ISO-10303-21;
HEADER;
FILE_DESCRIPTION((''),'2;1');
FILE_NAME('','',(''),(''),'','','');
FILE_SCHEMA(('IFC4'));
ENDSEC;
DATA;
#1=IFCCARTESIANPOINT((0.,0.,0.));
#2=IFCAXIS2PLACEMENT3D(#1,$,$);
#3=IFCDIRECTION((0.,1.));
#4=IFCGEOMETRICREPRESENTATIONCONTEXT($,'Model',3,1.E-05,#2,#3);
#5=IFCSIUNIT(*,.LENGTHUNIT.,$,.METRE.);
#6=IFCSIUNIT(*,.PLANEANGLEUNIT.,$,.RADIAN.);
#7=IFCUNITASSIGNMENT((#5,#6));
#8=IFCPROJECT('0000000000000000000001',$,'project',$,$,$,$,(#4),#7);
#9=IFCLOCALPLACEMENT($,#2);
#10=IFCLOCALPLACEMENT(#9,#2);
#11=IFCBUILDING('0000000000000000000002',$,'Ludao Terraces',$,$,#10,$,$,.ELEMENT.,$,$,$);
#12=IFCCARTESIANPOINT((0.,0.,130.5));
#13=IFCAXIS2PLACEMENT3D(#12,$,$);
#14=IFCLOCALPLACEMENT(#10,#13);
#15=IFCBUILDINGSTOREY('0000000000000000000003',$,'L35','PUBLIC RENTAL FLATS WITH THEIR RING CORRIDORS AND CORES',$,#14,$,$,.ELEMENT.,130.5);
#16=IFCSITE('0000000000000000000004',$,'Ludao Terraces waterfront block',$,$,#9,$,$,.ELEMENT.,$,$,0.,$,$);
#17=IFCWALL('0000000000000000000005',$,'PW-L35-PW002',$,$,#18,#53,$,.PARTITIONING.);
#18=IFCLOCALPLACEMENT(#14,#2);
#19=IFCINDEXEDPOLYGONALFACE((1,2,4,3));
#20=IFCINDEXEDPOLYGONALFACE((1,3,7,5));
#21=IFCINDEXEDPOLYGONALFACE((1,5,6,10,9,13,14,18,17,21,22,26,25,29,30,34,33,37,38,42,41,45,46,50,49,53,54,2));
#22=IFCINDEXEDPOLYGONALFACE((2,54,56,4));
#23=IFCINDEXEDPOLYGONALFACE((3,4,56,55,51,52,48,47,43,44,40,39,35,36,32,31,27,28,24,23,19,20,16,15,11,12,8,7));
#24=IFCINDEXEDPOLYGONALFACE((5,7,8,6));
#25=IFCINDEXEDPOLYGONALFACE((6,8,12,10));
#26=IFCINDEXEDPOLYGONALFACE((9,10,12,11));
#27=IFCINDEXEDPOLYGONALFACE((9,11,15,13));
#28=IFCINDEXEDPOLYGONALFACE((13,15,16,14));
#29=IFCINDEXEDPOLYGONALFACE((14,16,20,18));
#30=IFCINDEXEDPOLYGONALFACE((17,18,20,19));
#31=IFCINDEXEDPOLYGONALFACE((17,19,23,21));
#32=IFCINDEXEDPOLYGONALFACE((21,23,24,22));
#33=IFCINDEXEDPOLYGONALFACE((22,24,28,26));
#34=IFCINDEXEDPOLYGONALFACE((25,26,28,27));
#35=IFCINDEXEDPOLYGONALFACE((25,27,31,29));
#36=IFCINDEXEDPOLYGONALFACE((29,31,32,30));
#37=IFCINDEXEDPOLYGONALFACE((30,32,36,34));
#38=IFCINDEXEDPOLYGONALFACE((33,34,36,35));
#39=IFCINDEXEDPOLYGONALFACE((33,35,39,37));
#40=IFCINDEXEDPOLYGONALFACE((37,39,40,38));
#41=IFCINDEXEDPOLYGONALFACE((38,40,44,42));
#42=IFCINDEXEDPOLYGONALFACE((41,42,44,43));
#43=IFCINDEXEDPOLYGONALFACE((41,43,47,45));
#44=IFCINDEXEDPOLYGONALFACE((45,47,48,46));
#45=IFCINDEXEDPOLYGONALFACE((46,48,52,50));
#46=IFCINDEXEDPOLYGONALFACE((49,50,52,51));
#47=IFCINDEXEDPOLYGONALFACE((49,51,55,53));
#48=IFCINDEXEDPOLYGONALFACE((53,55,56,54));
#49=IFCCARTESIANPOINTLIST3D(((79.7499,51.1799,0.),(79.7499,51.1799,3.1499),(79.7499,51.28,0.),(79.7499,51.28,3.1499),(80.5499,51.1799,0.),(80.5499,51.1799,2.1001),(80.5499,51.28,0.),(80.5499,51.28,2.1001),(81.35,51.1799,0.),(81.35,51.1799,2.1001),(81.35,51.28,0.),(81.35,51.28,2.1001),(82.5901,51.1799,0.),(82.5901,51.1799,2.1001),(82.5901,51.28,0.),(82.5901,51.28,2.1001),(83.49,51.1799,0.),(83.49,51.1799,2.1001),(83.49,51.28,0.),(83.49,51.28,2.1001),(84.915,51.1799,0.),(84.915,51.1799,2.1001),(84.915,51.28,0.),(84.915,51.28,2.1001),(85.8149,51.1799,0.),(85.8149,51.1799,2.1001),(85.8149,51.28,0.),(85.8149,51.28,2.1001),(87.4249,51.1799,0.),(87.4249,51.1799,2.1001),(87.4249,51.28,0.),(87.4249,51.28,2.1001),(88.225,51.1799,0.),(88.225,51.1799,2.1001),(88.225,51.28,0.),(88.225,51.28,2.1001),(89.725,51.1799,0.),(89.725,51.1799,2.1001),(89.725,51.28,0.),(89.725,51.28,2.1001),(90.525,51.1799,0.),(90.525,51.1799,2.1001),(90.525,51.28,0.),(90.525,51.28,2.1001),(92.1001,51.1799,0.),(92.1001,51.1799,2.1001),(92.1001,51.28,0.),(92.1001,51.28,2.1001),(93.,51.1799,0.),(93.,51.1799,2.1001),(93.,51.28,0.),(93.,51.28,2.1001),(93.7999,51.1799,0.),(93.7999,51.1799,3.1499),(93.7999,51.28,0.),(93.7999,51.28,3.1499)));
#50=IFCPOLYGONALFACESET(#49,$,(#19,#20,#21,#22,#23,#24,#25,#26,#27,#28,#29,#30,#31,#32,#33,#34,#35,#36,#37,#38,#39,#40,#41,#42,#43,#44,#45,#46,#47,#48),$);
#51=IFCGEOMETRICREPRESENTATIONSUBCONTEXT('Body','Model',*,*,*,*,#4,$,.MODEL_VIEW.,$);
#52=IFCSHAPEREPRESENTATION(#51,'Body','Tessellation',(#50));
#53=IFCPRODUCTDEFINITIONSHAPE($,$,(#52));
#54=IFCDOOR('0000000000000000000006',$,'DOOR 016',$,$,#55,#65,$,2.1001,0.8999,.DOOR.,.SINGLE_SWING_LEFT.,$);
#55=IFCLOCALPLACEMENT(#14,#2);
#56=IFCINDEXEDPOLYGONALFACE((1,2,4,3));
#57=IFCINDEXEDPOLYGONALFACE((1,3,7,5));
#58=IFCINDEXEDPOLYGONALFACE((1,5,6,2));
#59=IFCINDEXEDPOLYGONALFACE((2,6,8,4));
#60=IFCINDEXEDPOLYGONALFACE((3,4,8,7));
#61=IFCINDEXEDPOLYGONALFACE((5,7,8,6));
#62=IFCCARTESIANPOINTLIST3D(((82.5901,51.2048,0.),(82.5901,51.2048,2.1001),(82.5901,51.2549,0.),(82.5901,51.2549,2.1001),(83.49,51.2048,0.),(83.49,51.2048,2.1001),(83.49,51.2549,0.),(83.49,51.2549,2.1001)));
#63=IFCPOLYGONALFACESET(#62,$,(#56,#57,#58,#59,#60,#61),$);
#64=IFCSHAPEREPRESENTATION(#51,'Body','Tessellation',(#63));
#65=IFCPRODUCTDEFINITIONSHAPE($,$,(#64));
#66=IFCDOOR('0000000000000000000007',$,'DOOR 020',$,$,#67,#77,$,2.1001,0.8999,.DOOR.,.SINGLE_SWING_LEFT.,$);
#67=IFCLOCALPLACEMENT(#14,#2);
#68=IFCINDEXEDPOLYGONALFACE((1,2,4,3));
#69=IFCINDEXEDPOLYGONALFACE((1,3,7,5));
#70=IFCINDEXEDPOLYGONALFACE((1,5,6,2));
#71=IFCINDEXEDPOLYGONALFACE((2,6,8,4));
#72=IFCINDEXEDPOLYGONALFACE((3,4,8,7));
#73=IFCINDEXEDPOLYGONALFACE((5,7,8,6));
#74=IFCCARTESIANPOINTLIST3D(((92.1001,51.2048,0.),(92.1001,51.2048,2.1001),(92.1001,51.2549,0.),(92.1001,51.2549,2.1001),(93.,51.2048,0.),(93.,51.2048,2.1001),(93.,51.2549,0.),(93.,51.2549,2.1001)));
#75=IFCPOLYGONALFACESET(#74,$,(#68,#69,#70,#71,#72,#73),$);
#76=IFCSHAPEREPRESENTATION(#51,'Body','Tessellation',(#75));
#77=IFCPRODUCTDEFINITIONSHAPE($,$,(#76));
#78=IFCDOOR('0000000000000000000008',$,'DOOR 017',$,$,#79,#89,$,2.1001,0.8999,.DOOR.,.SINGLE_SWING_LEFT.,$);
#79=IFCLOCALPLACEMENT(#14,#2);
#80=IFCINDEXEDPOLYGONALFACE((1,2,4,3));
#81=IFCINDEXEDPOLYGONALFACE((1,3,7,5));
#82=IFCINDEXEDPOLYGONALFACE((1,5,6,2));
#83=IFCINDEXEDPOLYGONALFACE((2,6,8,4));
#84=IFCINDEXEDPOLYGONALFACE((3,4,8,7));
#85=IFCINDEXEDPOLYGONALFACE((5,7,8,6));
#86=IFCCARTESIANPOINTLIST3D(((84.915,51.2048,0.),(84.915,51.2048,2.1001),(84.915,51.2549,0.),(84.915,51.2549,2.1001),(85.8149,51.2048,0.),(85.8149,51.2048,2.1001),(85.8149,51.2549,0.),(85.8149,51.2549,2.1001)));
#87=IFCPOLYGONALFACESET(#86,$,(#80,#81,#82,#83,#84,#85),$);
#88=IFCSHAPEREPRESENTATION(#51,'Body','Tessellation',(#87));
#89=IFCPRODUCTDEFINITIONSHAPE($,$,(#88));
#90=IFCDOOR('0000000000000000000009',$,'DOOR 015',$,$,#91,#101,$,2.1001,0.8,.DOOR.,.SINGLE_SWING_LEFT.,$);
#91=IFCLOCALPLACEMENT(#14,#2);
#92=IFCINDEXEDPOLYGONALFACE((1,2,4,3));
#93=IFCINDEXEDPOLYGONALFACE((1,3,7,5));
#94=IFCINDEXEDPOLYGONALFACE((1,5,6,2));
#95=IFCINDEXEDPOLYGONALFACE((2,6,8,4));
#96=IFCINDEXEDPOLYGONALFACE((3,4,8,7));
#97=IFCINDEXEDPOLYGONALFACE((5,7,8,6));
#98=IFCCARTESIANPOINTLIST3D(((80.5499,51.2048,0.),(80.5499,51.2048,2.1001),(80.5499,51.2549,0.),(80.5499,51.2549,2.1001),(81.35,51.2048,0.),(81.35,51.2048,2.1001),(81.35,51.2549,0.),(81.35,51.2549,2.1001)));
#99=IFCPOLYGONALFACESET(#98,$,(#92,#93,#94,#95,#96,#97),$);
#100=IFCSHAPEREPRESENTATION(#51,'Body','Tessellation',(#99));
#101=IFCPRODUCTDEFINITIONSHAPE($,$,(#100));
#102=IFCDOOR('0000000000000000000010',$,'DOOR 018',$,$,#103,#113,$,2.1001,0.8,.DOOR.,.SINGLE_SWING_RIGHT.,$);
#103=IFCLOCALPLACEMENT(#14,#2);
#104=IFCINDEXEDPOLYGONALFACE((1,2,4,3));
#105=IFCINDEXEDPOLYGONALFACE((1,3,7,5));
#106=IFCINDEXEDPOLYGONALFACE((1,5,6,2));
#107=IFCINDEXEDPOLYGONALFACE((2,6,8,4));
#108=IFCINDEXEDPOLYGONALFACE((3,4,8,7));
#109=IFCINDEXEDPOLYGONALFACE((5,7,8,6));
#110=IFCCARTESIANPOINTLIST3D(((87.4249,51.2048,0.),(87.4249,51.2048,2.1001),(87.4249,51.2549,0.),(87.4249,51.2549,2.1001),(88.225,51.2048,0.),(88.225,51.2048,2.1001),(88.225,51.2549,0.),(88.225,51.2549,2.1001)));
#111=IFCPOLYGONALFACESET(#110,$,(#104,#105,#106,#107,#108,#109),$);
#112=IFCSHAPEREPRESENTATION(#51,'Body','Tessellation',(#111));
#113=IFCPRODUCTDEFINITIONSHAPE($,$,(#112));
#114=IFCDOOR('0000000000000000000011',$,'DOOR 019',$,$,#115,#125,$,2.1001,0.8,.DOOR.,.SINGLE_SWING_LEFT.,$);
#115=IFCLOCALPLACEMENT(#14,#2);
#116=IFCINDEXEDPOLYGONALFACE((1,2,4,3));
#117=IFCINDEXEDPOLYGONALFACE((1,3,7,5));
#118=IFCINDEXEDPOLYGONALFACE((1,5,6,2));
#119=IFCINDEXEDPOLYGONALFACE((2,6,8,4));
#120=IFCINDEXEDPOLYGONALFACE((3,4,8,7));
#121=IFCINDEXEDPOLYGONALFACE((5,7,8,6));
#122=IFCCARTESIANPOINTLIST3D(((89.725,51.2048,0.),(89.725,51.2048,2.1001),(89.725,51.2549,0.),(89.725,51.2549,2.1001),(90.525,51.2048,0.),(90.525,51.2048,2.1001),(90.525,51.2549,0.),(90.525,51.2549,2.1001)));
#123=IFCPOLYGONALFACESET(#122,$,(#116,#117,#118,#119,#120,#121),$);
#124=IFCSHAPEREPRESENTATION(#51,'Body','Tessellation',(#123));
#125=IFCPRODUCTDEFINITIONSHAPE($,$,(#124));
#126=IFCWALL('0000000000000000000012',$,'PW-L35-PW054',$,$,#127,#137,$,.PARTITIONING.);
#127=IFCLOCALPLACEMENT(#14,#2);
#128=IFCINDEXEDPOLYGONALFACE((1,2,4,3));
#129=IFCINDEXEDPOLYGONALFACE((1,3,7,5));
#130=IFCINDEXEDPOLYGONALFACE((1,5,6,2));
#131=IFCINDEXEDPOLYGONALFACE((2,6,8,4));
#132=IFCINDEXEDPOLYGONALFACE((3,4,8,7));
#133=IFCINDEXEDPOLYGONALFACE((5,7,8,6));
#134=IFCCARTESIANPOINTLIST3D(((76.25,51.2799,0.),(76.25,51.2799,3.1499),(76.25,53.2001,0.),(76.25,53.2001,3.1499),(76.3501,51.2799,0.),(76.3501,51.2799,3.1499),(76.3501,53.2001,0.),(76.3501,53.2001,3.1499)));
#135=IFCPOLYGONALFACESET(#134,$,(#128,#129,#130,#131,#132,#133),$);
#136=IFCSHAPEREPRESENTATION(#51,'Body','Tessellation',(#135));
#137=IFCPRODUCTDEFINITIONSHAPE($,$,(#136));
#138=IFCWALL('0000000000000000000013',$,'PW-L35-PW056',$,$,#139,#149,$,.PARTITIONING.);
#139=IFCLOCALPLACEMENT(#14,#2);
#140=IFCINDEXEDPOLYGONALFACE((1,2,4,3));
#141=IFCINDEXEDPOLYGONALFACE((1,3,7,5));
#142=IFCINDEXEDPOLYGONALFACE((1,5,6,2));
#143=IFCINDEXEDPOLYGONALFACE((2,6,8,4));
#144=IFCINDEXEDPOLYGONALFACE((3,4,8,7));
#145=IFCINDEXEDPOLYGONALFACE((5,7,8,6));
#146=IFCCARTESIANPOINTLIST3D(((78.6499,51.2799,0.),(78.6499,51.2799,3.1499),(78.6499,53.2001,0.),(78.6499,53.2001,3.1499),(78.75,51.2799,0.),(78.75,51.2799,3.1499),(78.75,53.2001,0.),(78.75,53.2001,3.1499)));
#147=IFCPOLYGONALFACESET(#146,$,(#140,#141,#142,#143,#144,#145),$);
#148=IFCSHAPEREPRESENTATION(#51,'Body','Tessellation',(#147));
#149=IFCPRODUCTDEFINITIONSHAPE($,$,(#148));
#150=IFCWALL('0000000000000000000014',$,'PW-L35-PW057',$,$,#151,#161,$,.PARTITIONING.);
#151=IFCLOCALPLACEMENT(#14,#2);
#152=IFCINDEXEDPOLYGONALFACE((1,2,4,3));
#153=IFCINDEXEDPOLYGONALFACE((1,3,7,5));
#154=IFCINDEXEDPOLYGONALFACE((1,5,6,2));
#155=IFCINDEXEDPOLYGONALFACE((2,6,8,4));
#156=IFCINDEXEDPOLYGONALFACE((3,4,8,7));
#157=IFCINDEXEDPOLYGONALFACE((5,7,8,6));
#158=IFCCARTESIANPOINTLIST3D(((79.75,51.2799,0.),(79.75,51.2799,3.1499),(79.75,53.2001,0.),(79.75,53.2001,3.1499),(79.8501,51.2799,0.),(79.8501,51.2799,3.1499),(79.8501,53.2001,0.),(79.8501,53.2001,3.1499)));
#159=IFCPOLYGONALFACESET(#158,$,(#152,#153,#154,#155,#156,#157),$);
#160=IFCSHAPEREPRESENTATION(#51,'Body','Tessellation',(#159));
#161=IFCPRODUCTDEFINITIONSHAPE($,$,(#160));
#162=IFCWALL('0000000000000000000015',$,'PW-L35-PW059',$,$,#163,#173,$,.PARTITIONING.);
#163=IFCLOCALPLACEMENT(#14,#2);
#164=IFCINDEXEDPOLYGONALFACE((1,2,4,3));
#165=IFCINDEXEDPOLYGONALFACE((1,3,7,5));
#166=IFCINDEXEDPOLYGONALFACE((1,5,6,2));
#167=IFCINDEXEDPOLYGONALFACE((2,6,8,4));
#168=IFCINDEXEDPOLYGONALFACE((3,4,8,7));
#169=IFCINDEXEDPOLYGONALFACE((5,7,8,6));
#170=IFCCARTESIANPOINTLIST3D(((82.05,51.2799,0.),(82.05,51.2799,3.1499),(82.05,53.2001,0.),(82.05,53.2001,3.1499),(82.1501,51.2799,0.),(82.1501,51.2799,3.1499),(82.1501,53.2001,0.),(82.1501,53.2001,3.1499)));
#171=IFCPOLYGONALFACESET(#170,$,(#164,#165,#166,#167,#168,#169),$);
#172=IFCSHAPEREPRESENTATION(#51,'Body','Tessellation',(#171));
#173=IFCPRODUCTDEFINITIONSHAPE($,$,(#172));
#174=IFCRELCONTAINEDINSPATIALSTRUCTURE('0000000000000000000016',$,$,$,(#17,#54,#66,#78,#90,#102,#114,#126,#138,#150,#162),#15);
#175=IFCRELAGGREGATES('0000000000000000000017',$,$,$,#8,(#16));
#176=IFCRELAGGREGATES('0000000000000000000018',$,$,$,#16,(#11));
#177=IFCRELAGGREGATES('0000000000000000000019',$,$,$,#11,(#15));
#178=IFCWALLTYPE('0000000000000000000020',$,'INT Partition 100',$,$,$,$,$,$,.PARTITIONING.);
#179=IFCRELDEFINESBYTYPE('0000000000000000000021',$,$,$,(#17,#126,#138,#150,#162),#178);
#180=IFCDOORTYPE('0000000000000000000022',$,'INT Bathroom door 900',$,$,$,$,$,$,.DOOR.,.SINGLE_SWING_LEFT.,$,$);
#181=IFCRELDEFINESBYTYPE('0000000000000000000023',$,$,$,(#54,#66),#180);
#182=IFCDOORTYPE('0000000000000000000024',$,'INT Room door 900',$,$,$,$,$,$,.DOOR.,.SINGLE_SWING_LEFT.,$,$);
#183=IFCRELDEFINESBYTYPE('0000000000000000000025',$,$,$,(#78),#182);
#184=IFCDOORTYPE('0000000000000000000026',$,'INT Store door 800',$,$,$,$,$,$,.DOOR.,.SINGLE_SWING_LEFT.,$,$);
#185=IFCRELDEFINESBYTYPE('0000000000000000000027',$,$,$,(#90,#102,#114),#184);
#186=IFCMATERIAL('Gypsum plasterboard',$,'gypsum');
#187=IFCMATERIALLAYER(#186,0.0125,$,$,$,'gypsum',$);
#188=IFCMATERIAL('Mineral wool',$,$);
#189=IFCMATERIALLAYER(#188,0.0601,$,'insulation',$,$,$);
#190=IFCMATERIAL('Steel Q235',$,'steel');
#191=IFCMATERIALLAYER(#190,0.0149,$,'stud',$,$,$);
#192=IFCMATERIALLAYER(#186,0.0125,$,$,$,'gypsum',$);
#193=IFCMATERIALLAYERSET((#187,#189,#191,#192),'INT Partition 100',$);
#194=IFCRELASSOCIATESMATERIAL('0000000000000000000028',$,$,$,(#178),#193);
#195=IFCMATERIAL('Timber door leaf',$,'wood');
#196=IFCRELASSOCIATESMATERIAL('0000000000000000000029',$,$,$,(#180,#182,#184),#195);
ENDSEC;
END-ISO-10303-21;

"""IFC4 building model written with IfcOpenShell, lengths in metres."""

from ifc_helpers import new_model, si_unit, direction, frame, frame_2d, origin, place, context, subcontext, project, spatial, rectangle, extrude, material, layer, layer_set, type_object, element, fill, save


model = new_model("IFC4")

# Units and contexts
model_context = context("Model", 3, precision=1e-05, world=origin(), true_north=direction((0.0, 1.0)))
body_context = subcontext(model_context, "Body", "Model", "MODEL_VIEW")
ifc_project = project(units=[si_unit("LENGTHUNIT", "METRE"), si_unit("PLANEANGLEUNIT", "RADIAN")], contexts=[model_context])

# Site, building, storey
site_placement = place(None, origin())
site = spatial("IfcSite", under=ifc_project, at=site_placement, Name="Ludao Terraces waterfront block", CompositionType="ELEMENT", RefElevation=0.0)
building_placement = place(site_placement, origin())
building = spatial("IfcBuilding", under=site, at=building_placement, Name="Ludao Terraces", CompositionType="ELEMENT")
storey_placement = place(building_placement, frame((0.0, 0.0, 130.5)))
storey = spatial("IfcBuildingStorey", under=building, at=storey_placement, Name="L35", Description="PUBLIC RENTAL FLATS WITH THEIR RING CORRIDORS AND CORES", CompositionType="ELEMENT", Elevation=130.5)

# Shared definitions
ifc_material_1 = material(Name="Steel Q235", Category="steel")

# Wall, openings, doors
ifc_material_2 = material(Name="Gypsum plasterboard", Category="gypsum")
ifc_layer_1 = layer(ifc_material_2, 0.0125, Category="gypsum")
ifc_material_3 = material(Name="Mineral wool")
ifc_layer_2 = layer(ifc_material_3, 0.0601, Name="insulation")
ifc_layer_3 = layer(ifc_material_1, 0.0149, Name="stud")
ifc_layer_4 = layer(ifc_material_2, 0.0125, Category="gypsum")
ifc_layer_set_1 = layer_set([ifc_layer_1, ifc_layer_2, ifc_layer_3, ifc_layer_4], Name="INT Partition 100")
wall_type_1 = type_object("IfcWallType", Name="INT Partition 100", PredefinedType="PARTITIONING", material=ifc_layer_set_1)
wall_1_placement = place(storey_placement, frame((79.75, 51.23, 0.0), z_axis=(0.0, 0.0, 1.0), x_axis=(1.0, 0.0, 0.0)))
wall_1 = element("IfcWall", 1, at=wall_1_placement, inside=storey, type_object=wall_type_1, Name="PW-L35-PW002", PredefinedType="PARTITIONING", context=body_context, shape_type="SweptSolid", body=[
    extrude(rectangle(XDim=14.05, YDim=0.1001, at=frame_2d((7.0249, 0.0))), origin(), (0.0, 0.0, 1.0), 3.1499),
])
opening_1_placement = place(wall_1_placement, frame((0.8, 0.0, 0.0)))
opening_1 = element("IfcOpeningElement", 2, at=opening_1_placement, cuts=wall_1, PredefinedType="OPENING", context=body_context, shape_type="SweptSolid", body=[
    extrude(rectangle(XDim=0.8, YDim=2.1001, at=frame_2d((0.3999, 1.05))), frame((0.0, 0.0601, 0.0), z_axis=(0.0, -1.0, 0.0), x_axis=(1.0, 0.0, 0.0)), (0.0, 0.0, 1.0), 0.1201),
])
opening_2_placement = place(wall_1_placement, frame((2.8401, 0.0, 0.0)))
opening_2 = element("IfcOpeningElement", 3, at=opening_2_placement, cuts=wall_1, PredefinedType="OPENING", context=body_context, shape_type="SweptSolid", body=[
    extrude(rectangle(XDim=0.8999, YDim=2.1001, at=frame_2d((0.45, 1.05))), frame((0.0, 0.0601, 0.0), z_axis=(0.0, -1.0, 0.0), x_axis=(1.0, 0.0, 0.0)), (0.0, 0.0, 1.0), 0.1201),
])
opening_3_placement = place(wall_1_placement, frame((5.165, 0.0, 0.0)))
opening_3 = element("IfcOpeningElement", 4, at=opening_3_placement, cuts=wall_1, PredefinedType="OPENING", context=body_context, shape_type="SweptSolid", body=[
    extrude(rectangle(XDim=0.8999, YDim=2.1001, at=frame_2d((0.45, 1.05))), frame((0.0, 0.0601, 0.0), z_axis=(0.0, -1.0, 0.0), x_axis=(1.0, 0.0, 0.0)), (0.0, 0.0, 1.0), 0.1201),
])
opening_4_placement = place(wall_1_placement, frame((7.675, 0.0, 0.0)))
opening_4 = element("IfcOpeningElement", 5, at=opening_4_placement, cuts=wall_1, PredefinedType="OPENING", context=body_context, shape_type="SweptSolid", body=[
    extrude(rectangle(XDim=0.8, YDim=2.1001, at=frame_2d((0.3999, 1.05))), frame((0.0, 0.0601, 0.0), z_axis=(0.0, -1.0, 0.0), x_axis=(1.0, 0.0, 0.0)), (0.0, 0.0, 1.0), 0.1201),
])
opening_5_placement = place(wall_1_placement, frame((9.9751, 0.0, 0.0)))
opening_5 = element("IfcOpeningElement", 6, at=opening_5_placement, cuts=wall_1, PredefinedType="OPENING", context=body_context, shape_type="SweptSolid", body=[
    extrude(rectangle(XDim=0.8, YDim=2.1001, at=frame_2d((0.3999, 1.05))), frame((0.0, 0.0601, 0.0), z_axis=(0.0, -1.0, 0.0), x_axis=(1.0, 0.0, 0.0)), (0.0, 0.0, 1.0), 0.1201),
])
opening_6_placement = place(wall_1_placement, frame((12.3501, 0.0, 0.0)))
opening_6 = element("IfcOpeningElement", 7, at=opening_6_placement, cuts=wall_1, PredefinedType="OPENING", context=body_context, shape_type="SweptSolid", body=[
    extrude(rectangle(XDim=0.8999, YDim=2.1001, at=frame_2d((0.45, 1.05))), frame((0.0, 0.0601, 0.0), z_axis=(0.0, -1.0, 0.0), x_axis=(1.0, 0.0, 0.0)), (0.0, 0.0, 1.0), 0.1201),
])
ifc_material_4 = material(Name="Timber door leaf", Category="wood")
door_type_1 = type_object("IfcDoorType", Name="INT Bathroom door 900", OperationType="SINGLE_SWING_LEFT", PredefinedType="DOOR", material=ifc_material_4)
door_1_placement = place(opening_2_placement, origin())
door_1 = element("IfcDoor", 8, at=door_1_placement, inside=storey, type_object=door_type_1, Name="DOOR 016", OperationType="SINGLE_SWING_LEFT", OverallHeight=2.1001, OverallWidth=0.8999, PredefinedType="DOOR", context=body_context, shape_type="SweptSolid", body=[
    extrude(rectangle(XDim=0.8999, YDim=2.1001, at=frame_2d((0.45, 1.05))), frame((0.0, 0.0249, 0.0), z_axis=(0.0, -1.0, 0.0), x_axis=(1.0, 0.0, 0.0)), (0.0, 0.0, 1.0), 0.05),
])
fill(opening_2, door_1)
door_2_placement = place(opening_6_placement, origin())
door_2 = element("IfcDoor", 9, at=door_2_placement, inside=storey, type_object=door_type_1, Name="DOOR 020", OperationType="SINGLE_SWING_LEFT", OverallHeight=2.1001, OverallWidth=0.8999, PredefinedType="DOOR", context=body_context, shape_type="SweptSolid", body=[
    extrude(rectangle(XDim=0.8999, YDim=2.1001, at=frame_2d((0.45, 1.05))), frame((0.0, 0.0249, 0.0), z_axis=(0.0, -1.0, 0.0), x_axis=(1.0, 0.0, 0.0)), (0.0, 0.0, 1.0), 0.05),
])
fill(opening_6, door_2)
door_type_2 = type_object("IfcDoorType", Name="INT Room door 900", OperationType="SINGLE_SWING_LEFT", PredefinedType="DOOR", material=ifc_material_4)
door_3_placement = place(opening_3_placement, origin())
door_3 = element("IfcDoor", 10, at=door_3_placement, inside=storey, type_object=door_type_2, Name="DOOR 017", OperationType="SINGLE_SWING_LEFT", OverallHeight=2.1001, OverallWidth=0.8999, PredefinedType="DOOR", context=body_context, shape_type="SweptSolid", body=[
    extrude(rectangle(XDim=0.8999, YDim=2.1001, at=frame_2d((0.45, 1.05))), frame((0.0, 0.0249, 0.0), z_axis=(0.0, -1.0, 0.0), x_axis=(1.0, 0.0, 0.0)), (0.0, 0.0, 1.0), 0.05),
])
fill(opening_3, door_3)
door_type_3 = type_object("IfcDoorType", Name="INT Store door 800", OperationType="SINGLE_SWING_LEFT", PredefinedType="DOOR", material=ifc_material_4)
door_4_placement = place(opening_1_placement, origin())
door_4 = element("IfcDoor", 11, at=door_4_placement, inside=storey, type_object=door_type_3, Name="DOOR 015", OperationType="SINGLE_SWING_LEFT", OverallHeight=2.1001, OverallWidth=0.8, PredefinedType="DOOR", context=body_context, shape_type="SweptSolid", body=[
    extrude(rectangle(XDim=0.8, YDim=2.1001, at=frame_2d((0.3999, 1.05))), frame((0.0, 0.0249, 0.0), z_axis=(0.0, -1.0, 0.0), x_axis=(1.0, 0.0, 0.0)), (0.0, 0.0, 1.0), 0.05),
])
fill(opening_1, door_4)
door_5_placement = place(opening_4_placement, origin())
door_5 = element("IfcDoor", 12, at=door_5_placement, inside=storey, type_object=door_type_3, Name="DOOR 018", OperationType="SINGLE_SWING_RIGHT", OverallHeight=2.1001, OverallWidth=0.8, PredefinedType="DOOR", context=body_context, shape_type="SweptSolid", body=[
    extrude(rectangle(XDim=0.8, YDim=2.1001, at=frame_2d((0.3999, 1.05))), frame((0.0, 0.0249, 0.0), z_axis=(0.0, -1.0, 0.0), x_axis=(1.0, 0.0, 0.0)), (0.0, 0.0, 1.0), 0.05),
])
fill(opening_4, door_5)
door_6_placement = place(opening_5_placement, origin())
door_6 = element("IfcDoor", 13, at=door_6_placement, inside=storey, type_object=door_type_3, Name="DOOR 019", OperationType="SINGLE_SWING_LEFT", OverallHeight=2.1001, OverallWidth=0.8, PredefinedType="DOOR", context=body_context, shape_type="SweptSolid", body=[
    extrude(rectangle(XDim=0.8, YDim=2.1001, at=frame_2d((0.3999, 1.05))), frame((0.0, 0.0249, 0.0), z_axis=(0.0, -1.0, 0.0), x_axis=(1.0, 0.0, 0.0)), (0.0, 0.0, 1.0), 0.05),
])
fill(opening_5, door_6)

# Walls
for number, where, z_axis, x_axis, name in (
    (14, (76.3, 51.28, 0.0), (0.0, 0.0, 1.0), (0.0, 1.0, 0.0), "PW-L35-PW054"),
    (15, (78.7, 51.28, 0.0), (0.0, 0.0, 1.0), (0.0, 1.0, 0.0), "PW-L35-PW056"),
    (16, (79.8, 51.28, 0.0), (0.0, 0.0, 1.0), (0.0, 1.0, 0.0), "PW-L35-PW057"),
    (17, (82.1001, 51.28, 0.0), (0.0, 0.0, 1.0), (0.0, 1.0, 0.0), "PW-L35-PW059"),
):
    element("IfcWall", number, at=place(storey_placement, frame(where, z_axis=z_axis, x_axis=x_axis)), inside=storey, type_object=wall_type_1, Name=name, PredefinedType="PARTITIONING", context=body_context, shape_type="SweptSolid", body=[
        extrude(rectangle(XDim=1.9202, YDim=0.1001, at=frame_2d((0.96, 0.0))), origin(), (0.0, 0.0, 1.0), 3.1499),
    ])

save(model, "model.ifc")
